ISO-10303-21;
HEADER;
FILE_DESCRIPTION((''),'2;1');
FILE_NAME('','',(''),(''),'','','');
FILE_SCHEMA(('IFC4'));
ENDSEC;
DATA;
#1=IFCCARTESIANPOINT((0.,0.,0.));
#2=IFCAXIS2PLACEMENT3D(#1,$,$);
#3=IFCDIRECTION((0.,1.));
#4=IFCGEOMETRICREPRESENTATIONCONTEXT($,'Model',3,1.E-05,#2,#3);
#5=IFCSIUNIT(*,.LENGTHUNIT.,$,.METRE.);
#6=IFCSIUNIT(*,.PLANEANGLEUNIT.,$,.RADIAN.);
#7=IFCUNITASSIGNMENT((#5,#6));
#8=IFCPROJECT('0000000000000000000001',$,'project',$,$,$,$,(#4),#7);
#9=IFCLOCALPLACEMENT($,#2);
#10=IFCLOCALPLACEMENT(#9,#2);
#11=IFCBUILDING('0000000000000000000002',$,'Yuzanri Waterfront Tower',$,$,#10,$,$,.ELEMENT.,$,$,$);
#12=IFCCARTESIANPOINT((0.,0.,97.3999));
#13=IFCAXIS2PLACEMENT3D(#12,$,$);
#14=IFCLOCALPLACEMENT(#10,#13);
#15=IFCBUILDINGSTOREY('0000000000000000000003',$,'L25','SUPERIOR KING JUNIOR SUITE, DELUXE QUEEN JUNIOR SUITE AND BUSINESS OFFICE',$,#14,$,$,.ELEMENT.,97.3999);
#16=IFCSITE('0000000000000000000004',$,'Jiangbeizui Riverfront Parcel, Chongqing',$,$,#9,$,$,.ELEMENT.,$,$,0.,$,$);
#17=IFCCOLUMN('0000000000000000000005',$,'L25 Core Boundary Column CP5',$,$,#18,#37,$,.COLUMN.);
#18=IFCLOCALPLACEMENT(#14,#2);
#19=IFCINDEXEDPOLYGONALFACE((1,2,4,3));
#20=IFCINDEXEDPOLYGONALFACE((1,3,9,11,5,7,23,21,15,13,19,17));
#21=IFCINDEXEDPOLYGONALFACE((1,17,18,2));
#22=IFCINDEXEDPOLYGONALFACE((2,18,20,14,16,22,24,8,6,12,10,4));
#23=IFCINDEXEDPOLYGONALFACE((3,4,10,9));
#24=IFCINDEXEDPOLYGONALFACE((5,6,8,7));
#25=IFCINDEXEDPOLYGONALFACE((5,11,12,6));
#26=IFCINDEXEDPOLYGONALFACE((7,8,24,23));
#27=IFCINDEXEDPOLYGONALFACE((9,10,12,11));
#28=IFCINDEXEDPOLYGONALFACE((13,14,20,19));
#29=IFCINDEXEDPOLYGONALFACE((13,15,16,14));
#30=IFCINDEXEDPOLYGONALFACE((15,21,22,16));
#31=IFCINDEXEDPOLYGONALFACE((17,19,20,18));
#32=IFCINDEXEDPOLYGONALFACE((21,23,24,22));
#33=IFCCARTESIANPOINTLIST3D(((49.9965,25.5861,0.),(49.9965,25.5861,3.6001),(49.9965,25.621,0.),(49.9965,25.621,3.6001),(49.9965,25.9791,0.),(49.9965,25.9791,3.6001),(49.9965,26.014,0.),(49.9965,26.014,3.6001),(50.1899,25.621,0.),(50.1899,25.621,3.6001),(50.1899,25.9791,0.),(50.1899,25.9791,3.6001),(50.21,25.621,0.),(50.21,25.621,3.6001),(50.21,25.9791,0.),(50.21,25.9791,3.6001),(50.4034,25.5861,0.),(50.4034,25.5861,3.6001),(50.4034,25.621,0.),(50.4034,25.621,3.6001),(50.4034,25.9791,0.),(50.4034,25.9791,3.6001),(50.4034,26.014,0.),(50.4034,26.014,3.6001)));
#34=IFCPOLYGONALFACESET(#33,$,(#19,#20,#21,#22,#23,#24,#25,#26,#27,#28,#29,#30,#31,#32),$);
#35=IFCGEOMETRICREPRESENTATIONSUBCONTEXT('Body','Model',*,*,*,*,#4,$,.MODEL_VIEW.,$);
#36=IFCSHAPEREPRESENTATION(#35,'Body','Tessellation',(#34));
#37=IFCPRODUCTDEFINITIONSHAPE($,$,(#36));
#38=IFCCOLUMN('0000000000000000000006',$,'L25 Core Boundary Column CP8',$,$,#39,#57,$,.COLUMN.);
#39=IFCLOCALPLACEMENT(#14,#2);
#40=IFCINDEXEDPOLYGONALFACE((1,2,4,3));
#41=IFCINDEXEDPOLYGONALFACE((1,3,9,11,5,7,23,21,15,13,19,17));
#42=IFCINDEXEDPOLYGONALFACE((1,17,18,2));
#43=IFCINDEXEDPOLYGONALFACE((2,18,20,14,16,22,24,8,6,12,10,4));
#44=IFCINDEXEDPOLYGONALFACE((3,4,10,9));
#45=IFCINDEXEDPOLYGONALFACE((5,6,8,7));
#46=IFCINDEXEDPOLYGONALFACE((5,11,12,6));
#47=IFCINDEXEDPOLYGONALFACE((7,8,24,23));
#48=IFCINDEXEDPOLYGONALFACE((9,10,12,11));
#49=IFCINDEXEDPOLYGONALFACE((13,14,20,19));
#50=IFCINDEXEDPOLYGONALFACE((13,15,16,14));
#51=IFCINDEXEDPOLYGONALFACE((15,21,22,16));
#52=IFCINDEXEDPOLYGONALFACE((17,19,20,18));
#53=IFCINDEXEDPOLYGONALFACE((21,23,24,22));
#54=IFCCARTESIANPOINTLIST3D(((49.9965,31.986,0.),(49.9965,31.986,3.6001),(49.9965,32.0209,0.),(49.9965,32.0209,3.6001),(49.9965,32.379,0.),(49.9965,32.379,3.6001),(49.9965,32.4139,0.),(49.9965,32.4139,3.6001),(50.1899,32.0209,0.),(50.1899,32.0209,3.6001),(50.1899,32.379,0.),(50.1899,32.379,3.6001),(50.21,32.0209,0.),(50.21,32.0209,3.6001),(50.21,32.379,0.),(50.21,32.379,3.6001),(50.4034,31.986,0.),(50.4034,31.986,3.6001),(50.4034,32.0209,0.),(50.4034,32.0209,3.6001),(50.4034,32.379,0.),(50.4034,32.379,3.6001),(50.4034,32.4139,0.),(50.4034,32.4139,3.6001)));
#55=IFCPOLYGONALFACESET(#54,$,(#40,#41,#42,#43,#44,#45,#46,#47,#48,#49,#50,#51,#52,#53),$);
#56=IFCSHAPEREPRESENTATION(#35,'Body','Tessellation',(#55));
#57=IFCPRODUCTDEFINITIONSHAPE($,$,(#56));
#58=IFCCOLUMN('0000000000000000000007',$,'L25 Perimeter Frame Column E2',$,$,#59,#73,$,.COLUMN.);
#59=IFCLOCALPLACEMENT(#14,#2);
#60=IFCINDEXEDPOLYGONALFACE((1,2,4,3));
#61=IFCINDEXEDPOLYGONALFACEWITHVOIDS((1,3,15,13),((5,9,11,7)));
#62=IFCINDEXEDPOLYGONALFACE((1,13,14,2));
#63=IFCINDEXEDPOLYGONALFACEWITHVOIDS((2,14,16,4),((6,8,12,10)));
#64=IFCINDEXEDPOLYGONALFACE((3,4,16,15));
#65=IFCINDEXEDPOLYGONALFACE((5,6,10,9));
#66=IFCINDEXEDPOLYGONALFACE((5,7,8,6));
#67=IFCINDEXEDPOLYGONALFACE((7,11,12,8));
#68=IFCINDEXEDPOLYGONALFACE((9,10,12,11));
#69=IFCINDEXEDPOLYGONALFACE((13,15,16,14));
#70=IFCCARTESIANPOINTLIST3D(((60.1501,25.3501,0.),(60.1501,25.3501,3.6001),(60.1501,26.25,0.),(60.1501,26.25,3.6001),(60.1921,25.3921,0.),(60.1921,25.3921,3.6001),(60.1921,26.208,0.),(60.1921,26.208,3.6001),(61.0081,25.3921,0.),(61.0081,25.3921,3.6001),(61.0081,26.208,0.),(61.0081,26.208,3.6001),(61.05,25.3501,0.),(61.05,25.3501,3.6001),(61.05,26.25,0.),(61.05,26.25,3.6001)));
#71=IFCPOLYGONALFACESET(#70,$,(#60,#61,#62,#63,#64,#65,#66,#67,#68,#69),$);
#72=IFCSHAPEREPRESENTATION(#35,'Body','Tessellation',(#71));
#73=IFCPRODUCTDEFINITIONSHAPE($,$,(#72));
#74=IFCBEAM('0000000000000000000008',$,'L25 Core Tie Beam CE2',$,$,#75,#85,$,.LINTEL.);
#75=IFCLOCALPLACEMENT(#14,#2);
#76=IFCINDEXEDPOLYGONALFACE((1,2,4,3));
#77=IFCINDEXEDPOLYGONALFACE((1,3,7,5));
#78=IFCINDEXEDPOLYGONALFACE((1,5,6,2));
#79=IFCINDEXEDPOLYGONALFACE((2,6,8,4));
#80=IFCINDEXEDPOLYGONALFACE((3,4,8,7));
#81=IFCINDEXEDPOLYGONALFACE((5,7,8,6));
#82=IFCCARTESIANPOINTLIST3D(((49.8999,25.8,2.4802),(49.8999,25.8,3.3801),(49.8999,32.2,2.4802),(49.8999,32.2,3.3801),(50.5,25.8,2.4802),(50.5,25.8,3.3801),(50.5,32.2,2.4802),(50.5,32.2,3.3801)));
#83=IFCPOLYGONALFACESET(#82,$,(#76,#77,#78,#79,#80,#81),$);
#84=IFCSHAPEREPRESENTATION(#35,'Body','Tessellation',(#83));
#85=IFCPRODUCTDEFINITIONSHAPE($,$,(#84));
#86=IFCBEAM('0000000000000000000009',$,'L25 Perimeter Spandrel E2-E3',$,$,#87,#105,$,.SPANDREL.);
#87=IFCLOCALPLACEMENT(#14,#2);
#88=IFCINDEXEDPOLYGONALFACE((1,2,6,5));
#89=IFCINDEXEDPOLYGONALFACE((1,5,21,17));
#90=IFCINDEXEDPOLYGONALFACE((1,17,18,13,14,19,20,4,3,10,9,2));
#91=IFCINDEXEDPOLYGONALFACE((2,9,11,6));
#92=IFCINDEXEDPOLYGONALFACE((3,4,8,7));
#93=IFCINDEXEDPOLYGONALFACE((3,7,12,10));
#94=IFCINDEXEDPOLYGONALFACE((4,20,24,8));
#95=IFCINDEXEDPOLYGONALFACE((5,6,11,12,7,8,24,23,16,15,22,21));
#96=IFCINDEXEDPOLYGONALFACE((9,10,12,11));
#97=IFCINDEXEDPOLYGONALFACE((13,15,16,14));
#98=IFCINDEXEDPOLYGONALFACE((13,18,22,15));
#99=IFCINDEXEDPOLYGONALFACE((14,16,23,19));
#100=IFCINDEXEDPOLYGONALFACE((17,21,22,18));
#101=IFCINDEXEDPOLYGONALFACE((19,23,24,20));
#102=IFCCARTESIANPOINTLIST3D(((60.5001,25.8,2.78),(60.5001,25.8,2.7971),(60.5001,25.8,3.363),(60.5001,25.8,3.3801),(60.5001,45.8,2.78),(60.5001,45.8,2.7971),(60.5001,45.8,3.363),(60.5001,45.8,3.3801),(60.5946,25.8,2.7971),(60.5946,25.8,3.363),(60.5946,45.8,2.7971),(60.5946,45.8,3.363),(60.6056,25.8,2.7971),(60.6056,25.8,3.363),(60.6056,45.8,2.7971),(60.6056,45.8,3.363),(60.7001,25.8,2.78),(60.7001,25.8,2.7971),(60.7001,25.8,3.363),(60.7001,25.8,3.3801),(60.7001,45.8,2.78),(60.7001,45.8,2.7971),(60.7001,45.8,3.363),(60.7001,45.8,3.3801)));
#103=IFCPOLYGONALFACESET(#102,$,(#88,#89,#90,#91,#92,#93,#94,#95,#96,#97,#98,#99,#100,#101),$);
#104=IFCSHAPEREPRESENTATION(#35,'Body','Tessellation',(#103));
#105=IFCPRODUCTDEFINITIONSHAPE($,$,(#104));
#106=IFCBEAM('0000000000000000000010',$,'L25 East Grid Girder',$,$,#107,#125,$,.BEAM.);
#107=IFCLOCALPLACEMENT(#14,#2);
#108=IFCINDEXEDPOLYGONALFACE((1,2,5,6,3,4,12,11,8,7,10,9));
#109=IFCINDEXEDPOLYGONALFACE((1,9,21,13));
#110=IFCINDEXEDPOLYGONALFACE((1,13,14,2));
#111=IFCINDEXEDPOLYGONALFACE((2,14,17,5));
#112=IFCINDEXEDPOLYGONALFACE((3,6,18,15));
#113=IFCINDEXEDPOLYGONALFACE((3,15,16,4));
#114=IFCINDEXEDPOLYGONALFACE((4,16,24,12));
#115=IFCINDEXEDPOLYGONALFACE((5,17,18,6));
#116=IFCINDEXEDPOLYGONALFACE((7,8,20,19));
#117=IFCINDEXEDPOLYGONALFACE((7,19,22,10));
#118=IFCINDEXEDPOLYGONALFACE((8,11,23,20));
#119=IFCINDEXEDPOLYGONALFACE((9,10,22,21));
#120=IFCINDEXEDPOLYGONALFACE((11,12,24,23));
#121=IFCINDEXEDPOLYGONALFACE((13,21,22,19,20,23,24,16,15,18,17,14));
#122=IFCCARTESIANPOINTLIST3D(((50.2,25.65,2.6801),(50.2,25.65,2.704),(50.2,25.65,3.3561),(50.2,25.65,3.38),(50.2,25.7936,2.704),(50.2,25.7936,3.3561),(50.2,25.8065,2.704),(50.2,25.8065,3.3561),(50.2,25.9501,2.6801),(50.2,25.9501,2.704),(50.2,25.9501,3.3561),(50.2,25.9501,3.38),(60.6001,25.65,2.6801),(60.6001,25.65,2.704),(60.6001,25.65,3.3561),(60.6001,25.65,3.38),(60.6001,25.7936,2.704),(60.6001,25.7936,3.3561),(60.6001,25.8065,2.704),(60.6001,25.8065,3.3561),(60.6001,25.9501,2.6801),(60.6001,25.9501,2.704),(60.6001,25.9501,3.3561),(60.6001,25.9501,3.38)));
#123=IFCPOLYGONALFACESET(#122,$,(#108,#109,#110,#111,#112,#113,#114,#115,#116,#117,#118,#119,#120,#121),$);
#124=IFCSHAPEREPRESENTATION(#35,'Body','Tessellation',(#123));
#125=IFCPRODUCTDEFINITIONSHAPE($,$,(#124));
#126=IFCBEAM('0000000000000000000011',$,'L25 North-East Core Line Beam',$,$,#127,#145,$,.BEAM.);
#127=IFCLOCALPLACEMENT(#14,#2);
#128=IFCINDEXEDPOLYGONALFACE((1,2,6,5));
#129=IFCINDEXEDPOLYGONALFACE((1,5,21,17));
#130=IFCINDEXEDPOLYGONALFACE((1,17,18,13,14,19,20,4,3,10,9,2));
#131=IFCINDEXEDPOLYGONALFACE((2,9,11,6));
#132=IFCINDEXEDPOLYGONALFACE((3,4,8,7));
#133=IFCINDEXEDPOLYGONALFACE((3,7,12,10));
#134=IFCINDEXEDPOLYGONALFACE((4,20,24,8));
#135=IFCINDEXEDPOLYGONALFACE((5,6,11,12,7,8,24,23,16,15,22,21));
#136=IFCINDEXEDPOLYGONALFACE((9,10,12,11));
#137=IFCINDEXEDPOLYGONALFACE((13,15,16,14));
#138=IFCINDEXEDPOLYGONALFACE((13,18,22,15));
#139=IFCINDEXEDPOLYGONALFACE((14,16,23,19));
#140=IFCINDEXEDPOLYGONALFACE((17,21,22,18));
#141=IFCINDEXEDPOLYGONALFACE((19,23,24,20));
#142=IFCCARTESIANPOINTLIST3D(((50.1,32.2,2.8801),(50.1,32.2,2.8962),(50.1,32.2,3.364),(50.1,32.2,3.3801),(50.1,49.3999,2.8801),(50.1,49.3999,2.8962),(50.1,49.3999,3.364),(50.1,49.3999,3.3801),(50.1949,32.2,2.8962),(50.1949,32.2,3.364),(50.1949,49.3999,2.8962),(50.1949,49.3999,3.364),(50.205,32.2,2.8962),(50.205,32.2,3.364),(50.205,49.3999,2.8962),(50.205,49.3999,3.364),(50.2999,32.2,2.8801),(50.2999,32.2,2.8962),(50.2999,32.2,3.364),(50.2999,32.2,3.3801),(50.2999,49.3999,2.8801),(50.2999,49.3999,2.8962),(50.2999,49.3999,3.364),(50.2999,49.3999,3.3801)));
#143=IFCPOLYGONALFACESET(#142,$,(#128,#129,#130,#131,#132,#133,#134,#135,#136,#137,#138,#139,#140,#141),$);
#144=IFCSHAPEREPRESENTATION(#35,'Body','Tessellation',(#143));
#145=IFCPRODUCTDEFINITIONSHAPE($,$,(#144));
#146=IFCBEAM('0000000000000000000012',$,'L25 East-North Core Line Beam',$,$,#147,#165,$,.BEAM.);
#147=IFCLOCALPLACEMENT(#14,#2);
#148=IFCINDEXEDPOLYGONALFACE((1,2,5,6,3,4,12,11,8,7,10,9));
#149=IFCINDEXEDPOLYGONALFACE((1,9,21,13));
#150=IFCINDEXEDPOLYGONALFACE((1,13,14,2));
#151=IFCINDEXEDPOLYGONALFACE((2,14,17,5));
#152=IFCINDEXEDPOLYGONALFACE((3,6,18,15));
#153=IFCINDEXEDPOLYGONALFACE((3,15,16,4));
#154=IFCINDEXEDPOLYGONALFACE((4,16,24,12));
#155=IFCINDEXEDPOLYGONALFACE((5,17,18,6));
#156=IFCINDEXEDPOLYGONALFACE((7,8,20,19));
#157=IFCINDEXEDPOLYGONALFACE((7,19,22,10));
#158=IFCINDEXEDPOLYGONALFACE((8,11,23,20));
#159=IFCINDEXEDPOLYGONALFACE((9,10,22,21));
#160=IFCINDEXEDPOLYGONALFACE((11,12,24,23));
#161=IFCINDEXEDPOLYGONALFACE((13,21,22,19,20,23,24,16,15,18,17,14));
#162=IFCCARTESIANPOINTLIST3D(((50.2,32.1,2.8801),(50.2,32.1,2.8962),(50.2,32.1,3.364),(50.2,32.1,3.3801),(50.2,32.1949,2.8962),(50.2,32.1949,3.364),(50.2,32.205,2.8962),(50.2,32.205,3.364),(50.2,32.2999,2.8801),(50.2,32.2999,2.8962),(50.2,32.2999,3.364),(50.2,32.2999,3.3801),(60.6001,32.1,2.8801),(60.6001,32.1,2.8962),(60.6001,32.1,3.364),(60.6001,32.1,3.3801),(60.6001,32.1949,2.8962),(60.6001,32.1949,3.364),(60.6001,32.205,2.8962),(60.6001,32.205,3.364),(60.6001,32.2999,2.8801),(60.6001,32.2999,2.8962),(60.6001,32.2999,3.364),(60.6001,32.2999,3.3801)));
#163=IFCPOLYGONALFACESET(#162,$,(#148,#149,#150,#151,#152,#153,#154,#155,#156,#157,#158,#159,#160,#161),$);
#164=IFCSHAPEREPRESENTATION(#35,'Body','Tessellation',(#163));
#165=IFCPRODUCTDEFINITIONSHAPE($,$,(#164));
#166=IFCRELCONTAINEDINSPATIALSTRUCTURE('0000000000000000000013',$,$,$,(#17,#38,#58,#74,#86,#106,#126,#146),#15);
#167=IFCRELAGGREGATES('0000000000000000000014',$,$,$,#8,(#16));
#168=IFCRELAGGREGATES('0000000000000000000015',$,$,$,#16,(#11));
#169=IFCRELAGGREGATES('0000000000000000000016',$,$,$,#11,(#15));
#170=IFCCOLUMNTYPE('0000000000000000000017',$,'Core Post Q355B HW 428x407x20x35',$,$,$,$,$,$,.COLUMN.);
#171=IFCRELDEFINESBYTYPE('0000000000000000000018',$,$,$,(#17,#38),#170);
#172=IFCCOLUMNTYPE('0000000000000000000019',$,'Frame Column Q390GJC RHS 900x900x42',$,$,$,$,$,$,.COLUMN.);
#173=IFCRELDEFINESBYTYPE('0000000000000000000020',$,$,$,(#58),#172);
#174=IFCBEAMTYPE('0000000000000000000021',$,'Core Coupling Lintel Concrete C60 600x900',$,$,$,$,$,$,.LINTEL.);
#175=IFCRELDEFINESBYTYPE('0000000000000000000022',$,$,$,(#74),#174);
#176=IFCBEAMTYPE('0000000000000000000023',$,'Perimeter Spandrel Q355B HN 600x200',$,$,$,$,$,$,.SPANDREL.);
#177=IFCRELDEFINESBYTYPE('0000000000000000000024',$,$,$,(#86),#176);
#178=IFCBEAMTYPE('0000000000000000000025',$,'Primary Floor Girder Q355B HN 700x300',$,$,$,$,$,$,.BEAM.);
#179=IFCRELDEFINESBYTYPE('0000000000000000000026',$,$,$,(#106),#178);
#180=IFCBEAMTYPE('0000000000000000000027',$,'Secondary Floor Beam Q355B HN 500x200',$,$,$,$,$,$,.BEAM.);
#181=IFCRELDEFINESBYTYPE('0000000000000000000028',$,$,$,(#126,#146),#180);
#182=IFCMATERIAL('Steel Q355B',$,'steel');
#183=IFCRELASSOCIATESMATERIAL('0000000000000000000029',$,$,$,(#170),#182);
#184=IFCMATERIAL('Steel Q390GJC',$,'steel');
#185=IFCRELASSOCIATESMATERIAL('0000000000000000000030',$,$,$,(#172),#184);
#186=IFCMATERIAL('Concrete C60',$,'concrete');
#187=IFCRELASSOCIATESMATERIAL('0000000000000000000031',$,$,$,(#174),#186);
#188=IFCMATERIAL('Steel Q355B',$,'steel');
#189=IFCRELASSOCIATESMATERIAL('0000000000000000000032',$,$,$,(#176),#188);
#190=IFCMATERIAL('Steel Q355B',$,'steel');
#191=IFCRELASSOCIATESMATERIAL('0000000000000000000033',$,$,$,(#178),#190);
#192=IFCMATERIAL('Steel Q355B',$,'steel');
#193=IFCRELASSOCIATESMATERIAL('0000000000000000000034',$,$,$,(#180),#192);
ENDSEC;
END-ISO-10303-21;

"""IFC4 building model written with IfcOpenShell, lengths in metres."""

from ifc_helpers import new_model, si_unit, direction, frame, origin, origin_2d, place, context, subcontext, project, spatial, rectangle, hollow_rectangle, i_section, extrude, source, transform, mapped, material, material_profile, profile_set, type_object, element, save


model = new_model("IFC4")

# Units and contexts
model_context = context("Model", 3, precision=1e-05, world=origin(), true_north=direction((0.0, 1.0)))
body_context = subcontext(model_context, "Body", "Model", "MODEL_VIEW")
ifc_project = project(units=[si_unit("LENGTHUNIT", "METRE"), si_unit("PLANEANGLEUNIT", "RADIAN")], contexts=[model_context])

# Site, building, storey
site_placement = place(None, origin())
site = spatial("IfcSite", under=ifc_project, at=site_placement, Name="Jiangbeizui Riverfront Parcel, Chongqing", CompositionType="ELEMENT", RefElevation=0.0)
building_placement = place(site_placement, origin())
building = spatial("IfcBuilding", under=site, at=building_placement, Name="Yuzanri Waterfront Tower", CompositionType="ELEMENT")
storey_placement = place(building_placement, frame((0.0, 0.0, 97.3999)))
storey = spatial("IfcBuildingStorey", under=building, at=storey_placement, Name="L25", Description="SUPERIOR KING JUNIOR SUITE, DELUXE QUEEN JUNIOR SUITE AND BUSINESS OFFICE", CompositionType="ELEMENT", Elevation=97.3999)

# Columns
ifc_material_1 = material(Name="Steel Q355B", Category="steel")
ifc_material_profile_1 = material_profile(ifc_material_1, i_section(OverallWidth=0.407, OverallDepth=0.428, WebThickness=0.02, FlangeThickness=0.0349, at=origin_2d()), Name="HW 428x407x20x35")
ifc_profile_set_1 = profile_set([ifc_material_profile_1], Name="Steel Q355B")
column_type_1 = type_object("IfcColumnType", Name="Core Post Q355B HW 428x407x20x35", PredefinedType="COLUMN", material=ifc_profile_set_1)
shared_shape_1 = source(origin(), body_context, "Body", "SweptSolid", [
    extrude(i_section(OverallWidth=0.407, OverallDepth=0.428, WebThickness=0.02, FlangeThickness=0.0349, at=origin_2d()), origin(), (0.0, 0.0, 1.0), 3.6001),
])
for number, where, z_axis, x_axis, name in (
    (1, (50.2, 25.8, 0.0), (0.0, 0.0, 1.0), (1.0, 0.0, 0.0), "L25 Core Boundary Column CP5"),
    (2, (50.2, 32.2, 0.0), (0.0, 0.0, 1.0), (1.0, 0.0, 0.0), "L25 Core Boundary Column CP8"),
):
    element("IfcColumn", number, at=place(storey_placement, frame(where, z_axis=z_axis, x_axis=x_axis)), inside=storey, type_object=column_type_1, Name=name, PredefinedType="COLUMN", context=body_context, shape_type="MappedRepresentation", body=[
        mapped(shared_shape_1, transform((0.0, 0.0, 0.0), scale=1.0)),
    ])
ifc_material_2 = material(Name="Steel Q390GJC", Category="steel")
ifc_material_profile_2 = material_profile(ifc_material_2, hollow_rectangle(XDim=0.8999, YDim=0.8999, WallThickness=0.042, at=origin_2d()), Name="RHS 900x900x42")
ifc_profile_set_2 = profile_set([ifc_material_profile_2], Name="Steel Q390GJC")
column_type_2 = type_object("IfcColumnType", Name="Frame Column Q390GJC RHS 900x900x42", PredefinedType="COLUMN", material=ifc_profile_set_2)
shared_shape_2 = source(origin(), body_context, "Body", "SweptSolid", [
    extrude(hollow_rectangle(XDim=0.8999, YDim=0.8999, WallThickness=0.042, at=origin_2d()), origin(), (0.0, 0.0, 1.0), 3.6001),
])
column_placement = place(storey_placement, frame((60.6001, 25.8, 0.0), z_axis=(0.0, 0.0, 1.0), x_axis=(1.0, 0.0, 0.0)))
element("IfcColumn", 3, at=column_placement, inside=storey, type_object=column_type_2, Name="L25 Perimeter Frame Column E2", PredefinedType="COLUMN", context=body_context, shape_type="MappedRepresentation", body=[
    mapped(shared_shape_2, transform((0.0, 0.0, 0.0), scale=1.0)),
])

# Beams
ifc_material_3 = material(Name="Concrete C60", Category="concrete")
ifc_material_profile_3 = material_profile(ifc_material_3, rectangle(XDim=0.6001, YDim=0.8999, at=origin_2d()), Name="RC 600x900")
ifc_profile_set_3 = profile_set([ifc_material_profile_3], Name="Concrete C60")
beam_type_1 = type_object("IfcBeamType", Name="Core Coupling Lintel Concrete C60 600x900", PredefinedType="LINTEL", material=ifc_profile_set_3)
shared_shape_3 = source(origin(), body_context, "Body", "SweptSolid", [
    extrude(rectangle(XDim=0.6001, YDim=0.8999, at=origin_2d()), origin(), (0.0, 0.0, 1.0), 6.3999),
])
beam_1_placement = place(storey_placement, frame((50.2, 25.8, 2.9302), z_axis=(0.0, 1.0, 0.0), x_axis=(-1.0, 0.0, 0.0)))
element("IfcBeam", 4, at=beam_1_placement, inside=storey, type_object=beam_type_1, Name="L25 Core Tie Beam CE2", PredefinedType="LINTEL", context=body_context, shape_type="MappedRepresentation", body=[
    mapped(shared_shape_3, transform((0.0, 0.0, 0.0), scale=1.0)),
])
ifc_material_4 = material(Name="Steel Q355B", Category="steel")
ifc_material_profile_4 = material_profile(ifc_material_4, i_section(OverallWidth=0.2, OverallDepth=0.6001, WebThickness=0.011, FlangeThickness=0.0171, at=origin_2d()), Name="HN 600x200x11x17")
ifc_profile_set_4 = profile_set([ifc_material_profile_4], Name="Steel Q355B")
beam_type_2 = type_object("IfcBeamType", Name="Perimeter Spandrel Q355B HN 600x200", PredefinedType="SPANDREL", material=ifc_profile_set_4)
shared_shape_4 = source(origin(), body_context, "Body", "SweptSolid", [
    extrude(i_section(OverallWidth=0.2, OverallDepth=0.6001, WebThickness=0.011, FlangeThickness=0.0171, at=origin_2d()), origin(), (0.0, 0.0, 1.0), 20.0),
])
beam_2_placement = place(storey_placement, frame((60.6001, 25.8, 3.0801), z_axis=(0.0, 1.0, 0.0), x_axis=(-1.0, 0.0, 0.0)))
element("IfcBeam", 5, at=beam_2_placement, inside=storey, type_object=beam_type_2, Name="L25 Perimeter Spandrel E2-E3", PredefinedType="SPANDREL", context=body_context, shape_type="MappedRepresentation", body=[
    mapped(shared_shape_4, transform((0.0, 0.0, 0.0), scale=1.0)),
])
ifc_material_5 = material(Name="Steel Q355B", Category="steel")
ifc_material_profile_5 = material_profile(ifc_material_5, i_section(OverallWidth=0.3, OverallDepth=0.7, WebThickness=0.0129, FlangeThickness=0.0239, at=origin_2d()), Name="HN 700x300x13x24")
ifc_profile_set_5 = profile_set([ifc_material_profile_5], Name="Steel Q355B")
beam_type_3 = type_object("IfcBeamType", Name="Primary Floor Girder Q355B HN 700x300", PredefinedType="BEAM", material=ifc_profile_set_5)
shared_shape_5 = source(origin(), body_context, "Body", "SweptSolid", [
    extrude(i_section(OverallWidth=0.3, OverallDepth=0.7, WebThickness=0.0129, FlangeThickness=0.0239, at=origin_2d()), origin(), (0.0, 0.0, 1.0), 10.4001),
])
beam_3_placement = place(storey_placement, frame((50.2, 25.8, 3.03), z_axis=(1.0, 0.0, 0.0), x_axis=(0.0, 1.0, 0.0)))
element("IfcBeam", 6, at=beam_3_placement, inside=storey, type_object=beam_type_3, Name="L25 East Grid Girder", PredefinedType="BEAM", context=body_context, shape_type="MappedRepresentation", body=[
    mapped(shared_shape_5, transform((0.0, 0.0, 0.0), scale=1.0)),
])
ifc_material_6 = material(Name="Steel Q355B", Category="steel")
ifc_material_profile_6 = material_profile(ifc_material_6, i_section(OverallWidth=0.2, OverallDepth=0.5, WebThickness=0.01, FlangeThickness=0.0161, at=origin_2d()), Name="HN 500x200x10x16")
ifc_profile_set_6 = profile_set([ifc_material_profile_6], Name="Steel Q355B")
beam_type_4 = type_object("IfcBeamType", Name="Secondary Floor Beam Q355B HN 500x200", PredefinedType="BEAM", material=ifc_profile_set_6)
shared_shape_6 = source(origin(), body_context, "Body", "SweptSolid", [
    extrude(i_section(OverallWidth=0.2, OverallDepth=0.5, WebThickness=0.01, FlangeThickness=0.0161, at=origin_2d()), origin(), (0.0, 0.0, 1.0), 17.2),
])
beam_4_placement = place(storey_placement, frame((50.2, 32.2, 3.1301), z_axis=(0.0, 1.0, 0.0), x_axis=(-1.0, 0.0, 0.0)))
element("IfcBeam", 7, at=beam_4_placement, inside=storey, type_object=beam_type_4, Name="L25 North-East Core Line Beam", PredefinedType="BEAM", context=body_context, shape_type="MappedRepresentation", body=[
    mapped(shared_shape_6, transform((0.0, 0.0, 0.0), scale=1.0)),
])
shared_shape_7 = source(origin(), body_context, "Body", "SweptSolid", [
    extrude(i_section(OverallWidth=0.2, OverallDepth=0.5, WebThickness=0.01, FlangeThickness=0.0161, at=origin_2d()), origin(), (0.0, 0.0, 1.0), 10.4001),
])
beam_5_placement = place(storey_placement, frame((50.2, 32.2, 3.1301), z_axis=(1.0, 0.0, 0.0), x_axis=(0.0, 1.0, 0.0)))
element("IfcBeam", 8, at=beam_5_placement, inside=storey, type_object=beam_type_4, Name="L25 East-North Core Line Beam", PredefinedType="BEAM", context=body_context, shape_type="MappedRepresentation", body=[
    mapped(shared_shape_7, transform((0.0, 0.0, 0.0), scale=1.0)),
])

save(model, "model.ifc")
